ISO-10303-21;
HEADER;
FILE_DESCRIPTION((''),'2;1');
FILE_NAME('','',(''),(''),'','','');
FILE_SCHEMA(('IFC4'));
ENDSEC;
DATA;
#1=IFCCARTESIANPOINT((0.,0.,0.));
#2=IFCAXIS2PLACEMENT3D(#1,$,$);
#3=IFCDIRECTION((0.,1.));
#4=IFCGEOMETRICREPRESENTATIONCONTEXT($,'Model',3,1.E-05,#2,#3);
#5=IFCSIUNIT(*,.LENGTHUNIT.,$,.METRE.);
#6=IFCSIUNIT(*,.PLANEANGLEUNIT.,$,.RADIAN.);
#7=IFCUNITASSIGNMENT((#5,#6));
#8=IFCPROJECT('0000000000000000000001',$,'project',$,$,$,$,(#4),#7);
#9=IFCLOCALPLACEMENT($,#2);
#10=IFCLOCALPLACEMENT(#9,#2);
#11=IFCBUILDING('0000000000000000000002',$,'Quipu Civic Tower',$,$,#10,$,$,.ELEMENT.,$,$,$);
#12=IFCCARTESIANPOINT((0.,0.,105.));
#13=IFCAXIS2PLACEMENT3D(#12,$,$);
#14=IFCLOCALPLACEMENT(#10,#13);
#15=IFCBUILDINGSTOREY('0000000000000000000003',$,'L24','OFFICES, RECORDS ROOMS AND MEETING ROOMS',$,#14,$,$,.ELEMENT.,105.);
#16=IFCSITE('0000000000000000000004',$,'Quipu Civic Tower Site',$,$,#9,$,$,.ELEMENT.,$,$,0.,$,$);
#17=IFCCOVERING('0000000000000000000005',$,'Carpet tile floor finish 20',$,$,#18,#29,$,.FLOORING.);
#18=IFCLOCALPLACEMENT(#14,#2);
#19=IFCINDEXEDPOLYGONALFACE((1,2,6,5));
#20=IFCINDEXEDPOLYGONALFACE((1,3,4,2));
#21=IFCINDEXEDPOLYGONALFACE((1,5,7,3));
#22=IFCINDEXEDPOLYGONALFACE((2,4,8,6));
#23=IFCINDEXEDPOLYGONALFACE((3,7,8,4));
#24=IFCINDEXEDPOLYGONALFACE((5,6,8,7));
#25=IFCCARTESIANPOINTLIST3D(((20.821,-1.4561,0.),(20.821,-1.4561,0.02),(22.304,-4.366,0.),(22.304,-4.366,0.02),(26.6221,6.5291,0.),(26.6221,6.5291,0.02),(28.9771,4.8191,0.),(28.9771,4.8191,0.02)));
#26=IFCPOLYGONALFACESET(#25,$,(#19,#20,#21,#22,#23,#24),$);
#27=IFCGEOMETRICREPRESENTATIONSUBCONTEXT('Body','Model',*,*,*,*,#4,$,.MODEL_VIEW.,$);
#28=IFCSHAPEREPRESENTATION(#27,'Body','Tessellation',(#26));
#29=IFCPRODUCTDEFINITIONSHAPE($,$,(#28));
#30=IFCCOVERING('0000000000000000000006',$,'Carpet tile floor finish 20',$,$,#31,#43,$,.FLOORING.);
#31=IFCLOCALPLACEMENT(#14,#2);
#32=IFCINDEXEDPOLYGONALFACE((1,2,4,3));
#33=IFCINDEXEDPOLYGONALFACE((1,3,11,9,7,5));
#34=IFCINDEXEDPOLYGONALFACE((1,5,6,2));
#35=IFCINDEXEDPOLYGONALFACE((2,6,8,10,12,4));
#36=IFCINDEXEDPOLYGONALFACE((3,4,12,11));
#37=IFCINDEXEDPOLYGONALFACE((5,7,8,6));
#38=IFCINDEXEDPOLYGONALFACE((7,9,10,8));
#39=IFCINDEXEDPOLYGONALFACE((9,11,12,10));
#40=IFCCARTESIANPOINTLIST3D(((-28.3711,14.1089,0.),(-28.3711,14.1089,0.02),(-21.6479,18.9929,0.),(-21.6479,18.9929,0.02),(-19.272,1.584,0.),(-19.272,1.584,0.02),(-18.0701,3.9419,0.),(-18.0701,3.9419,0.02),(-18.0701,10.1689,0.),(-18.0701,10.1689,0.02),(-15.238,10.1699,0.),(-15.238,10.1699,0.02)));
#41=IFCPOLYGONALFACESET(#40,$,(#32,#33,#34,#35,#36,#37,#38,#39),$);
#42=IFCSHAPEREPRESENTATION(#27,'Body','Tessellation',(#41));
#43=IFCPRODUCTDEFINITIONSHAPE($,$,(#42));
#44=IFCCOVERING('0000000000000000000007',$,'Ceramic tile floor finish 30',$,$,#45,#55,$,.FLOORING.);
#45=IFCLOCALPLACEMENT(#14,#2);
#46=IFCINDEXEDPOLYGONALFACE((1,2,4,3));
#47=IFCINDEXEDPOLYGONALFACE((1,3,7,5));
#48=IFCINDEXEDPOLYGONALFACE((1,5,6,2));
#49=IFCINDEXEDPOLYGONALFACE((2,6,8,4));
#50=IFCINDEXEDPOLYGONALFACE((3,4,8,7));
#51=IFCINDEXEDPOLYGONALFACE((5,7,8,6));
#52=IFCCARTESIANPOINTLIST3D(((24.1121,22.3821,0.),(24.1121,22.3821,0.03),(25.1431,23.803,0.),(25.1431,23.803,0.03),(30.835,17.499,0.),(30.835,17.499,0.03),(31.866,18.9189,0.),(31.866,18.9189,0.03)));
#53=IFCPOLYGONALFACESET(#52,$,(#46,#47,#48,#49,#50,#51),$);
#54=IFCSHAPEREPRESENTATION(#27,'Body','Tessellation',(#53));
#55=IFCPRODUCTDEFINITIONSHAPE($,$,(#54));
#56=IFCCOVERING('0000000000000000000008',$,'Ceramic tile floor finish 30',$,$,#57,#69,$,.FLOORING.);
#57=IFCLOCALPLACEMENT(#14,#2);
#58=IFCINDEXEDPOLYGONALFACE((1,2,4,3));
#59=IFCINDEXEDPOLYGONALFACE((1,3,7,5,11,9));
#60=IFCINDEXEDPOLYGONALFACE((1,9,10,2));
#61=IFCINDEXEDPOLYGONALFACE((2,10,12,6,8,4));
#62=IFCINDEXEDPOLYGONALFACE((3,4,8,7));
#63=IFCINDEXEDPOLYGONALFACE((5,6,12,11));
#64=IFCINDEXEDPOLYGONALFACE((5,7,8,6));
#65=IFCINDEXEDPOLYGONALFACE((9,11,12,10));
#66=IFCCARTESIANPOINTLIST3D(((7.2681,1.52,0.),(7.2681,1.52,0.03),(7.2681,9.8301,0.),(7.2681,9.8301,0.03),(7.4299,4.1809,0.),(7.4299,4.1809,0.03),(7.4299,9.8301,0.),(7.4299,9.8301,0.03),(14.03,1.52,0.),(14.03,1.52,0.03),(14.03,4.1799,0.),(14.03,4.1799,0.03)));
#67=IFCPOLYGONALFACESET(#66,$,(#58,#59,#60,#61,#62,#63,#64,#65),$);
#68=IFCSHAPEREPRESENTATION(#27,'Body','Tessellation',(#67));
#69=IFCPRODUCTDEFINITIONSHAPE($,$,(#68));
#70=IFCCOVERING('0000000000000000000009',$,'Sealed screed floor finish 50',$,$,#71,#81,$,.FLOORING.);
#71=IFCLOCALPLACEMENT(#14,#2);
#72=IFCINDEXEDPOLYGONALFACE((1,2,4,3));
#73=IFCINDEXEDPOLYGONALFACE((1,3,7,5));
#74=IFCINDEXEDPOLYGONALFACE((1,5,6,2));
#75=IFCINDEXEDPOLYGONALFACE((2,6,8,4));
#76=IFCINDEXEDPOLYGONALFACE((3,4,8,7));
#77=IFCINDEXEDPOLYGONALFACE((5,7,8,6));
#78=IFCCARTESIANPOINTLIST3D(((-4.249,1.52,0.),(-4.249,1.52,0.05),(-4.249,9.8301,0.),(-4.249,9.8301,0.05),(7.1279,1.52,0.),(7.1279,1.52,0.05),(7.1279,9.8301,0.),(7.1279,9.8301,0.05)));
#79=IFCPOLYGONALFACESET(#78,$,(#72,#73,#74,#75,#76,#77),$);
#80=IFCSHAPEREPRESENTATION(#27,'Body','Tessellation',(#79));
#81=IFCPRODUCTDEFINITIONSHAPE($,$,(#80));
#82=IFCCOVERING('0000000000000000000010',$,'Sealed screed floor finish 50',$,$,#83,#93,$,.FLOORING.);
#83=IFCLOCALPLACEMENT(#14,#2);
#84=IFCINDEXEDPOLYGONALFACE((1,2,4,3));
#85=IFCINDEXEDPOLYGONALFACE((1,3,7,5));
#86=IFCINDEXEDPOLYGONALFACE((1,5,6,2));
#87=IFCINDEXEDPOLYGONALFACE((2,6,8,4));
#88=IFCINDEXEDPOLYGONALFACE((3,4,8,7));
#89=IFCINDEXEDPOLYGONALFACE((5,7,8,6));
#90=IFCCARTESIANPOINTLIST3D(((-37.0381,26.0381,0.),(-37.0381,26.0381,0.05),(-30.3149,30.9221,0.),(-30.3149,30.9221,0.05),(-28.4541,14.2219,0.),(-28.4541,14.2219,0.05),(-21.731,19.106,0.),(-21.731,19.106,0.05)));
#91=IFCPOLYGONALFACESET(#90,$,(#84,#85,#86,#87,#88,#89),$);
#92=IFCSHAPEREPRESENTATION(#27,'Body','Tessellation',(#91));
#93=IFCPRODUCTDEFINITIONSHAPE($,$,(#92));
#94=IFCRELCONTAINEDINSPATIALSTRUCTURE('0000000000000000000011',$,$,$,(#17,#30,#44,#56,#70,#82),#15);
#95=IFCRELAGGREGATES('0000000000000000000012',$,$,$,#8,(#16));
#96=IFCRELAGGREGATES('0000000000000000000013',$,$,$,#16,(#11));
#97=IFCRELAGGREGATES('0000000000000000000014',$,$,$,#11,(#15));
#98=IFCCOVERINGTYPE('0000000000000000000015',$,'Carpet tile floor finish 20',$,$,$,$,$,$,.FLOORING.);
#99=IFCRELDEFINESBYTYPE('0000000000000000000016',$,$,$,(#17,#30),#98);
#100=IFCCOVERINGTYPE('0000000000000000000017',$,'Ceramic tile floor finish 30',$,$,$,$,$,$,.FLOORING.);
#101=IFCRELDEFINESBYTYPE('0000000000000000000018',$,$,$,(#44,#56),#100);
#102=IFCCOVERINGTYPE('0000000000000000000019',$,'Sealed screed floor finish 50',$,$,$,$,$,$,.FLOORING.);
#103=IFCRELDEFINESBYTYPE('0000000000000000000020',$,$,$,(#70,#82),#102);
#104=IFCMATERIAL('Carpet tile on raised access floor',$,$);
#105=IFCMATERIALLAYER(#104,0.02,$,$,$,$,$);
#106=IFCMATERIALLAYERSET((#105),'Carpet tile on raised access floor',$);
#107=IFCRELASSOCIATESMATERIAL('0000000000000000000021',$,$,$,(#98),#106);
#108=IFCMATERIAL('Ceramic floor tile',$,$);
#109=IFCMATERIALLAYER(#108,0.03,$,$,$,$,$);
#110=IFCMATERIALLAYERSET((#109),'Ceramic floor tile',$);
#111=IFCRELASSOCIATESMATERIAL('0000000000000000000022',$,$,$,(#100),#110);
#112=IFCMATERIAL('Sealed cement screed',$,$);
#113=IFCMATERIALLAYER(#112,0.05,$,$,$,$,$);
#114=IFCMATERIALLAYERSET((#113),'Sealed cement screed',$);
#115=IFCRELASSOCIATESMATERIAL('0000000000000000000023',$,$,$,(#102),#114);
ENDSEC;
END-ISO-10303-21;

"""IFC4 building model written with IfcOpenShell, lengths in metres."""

from ifc_helpers import new_model, si_unit, direction, frame, origin, place, context, subcontext, project, spatial, polyline, outline, extrude, material, layer, layer_set, type_object, element, save


model = new_model("IFC4")

# Units and contexts
model_context = context("Model", 3, precision=1e-05, world=origin(), true_north=direction((0.0, 1.0)))
body_context = subcontext(model_context, "Body", "Model", "MODEL_VIEW")
ifc_project = project(units=[si_unit("LENGTHUNIT", "METRE"), si_unit("PLANEANGLEUNIT", "RADIAN")], contexts=[model_context])

# Site, building, storey
site_placement = place(None, origin())
site = spatial("IfcSite", under=ifc_project, at=site_placement, Name="Quipu Civic Tower Site", CompositionType="ELEMENT", RefElevation=0.0)
building_placement = place(site_placement, origin())
building = spatial("IfcBuilding", under=site, at=building_placement, Name="Quipu Civic Tower", CompositionType="ELEMENT")
storey_placement = place(building_placement, frame((0.0, 0.0, 105.0)))
storey = spatial("IfcBuildingStorey", under=building, at=storey_placement, Name="L24", Description="OFFICES, RECORDS ROOMS AND MEETING ROOMS", CompositionType="ELEMENT", Elevation=105.0)

# Coverings
ifc_material_1 = material(Name="Carpet tile on raised access floor")
ifc_layer_1 = layer(ifc_material_1, 0.02)
ifc_layer_set_1 = layer_set([ifc_layer_1], Name="Carpet tile on raised access floor")
covering_type_1 = type_object("IfcCoveringType", Name="Carpet tile floor finish 20", PredefinedType="FLOORING", material=ifc_layer_set_1)
covering_1_placement = place(storey_placement, origin())
element("IfcCovering", 1, at=covering_1_placement, inside=storey, type_object=covering_type_1, Name="Carpet tile floor finish 20", PredefinedType="FLOORING", context=body_context, shape_type="SweptSolid", body=[
    extrude(outline(polyline([(20.821, -1.4561), (26.6221, 6.5291), (28.9771, 4.8191), (22.304, -4.366), (20.821, -1.4561)])), origin(), (0.0, 0.0, 1.0), 0.02),
])
covering_2_placement = place(storey_placement, origin())
element("IfcCovering", 2, at=covering_2_placement, inside=storey, type_object=covering_type_1, Name="Carpet tile floor finish 20", PredefinedType="FLOORING", context=body_context, shape_type="SweptSolid", body=[
    extrude(outline(polyline([(-28.3711, 14.1089), (-21.6479, 18.9929), (-15.238, 10.1699), (-18.0701, 10.1689), (-18.0701, 3.9419), (-19.272, 1.584), (-28.3711, 14.1089)])), origin(), (0.0, 0.0, 1.0), 0.02),
])
ifc_material_2 = material(Name="Ceramic floor tile")
ifc_layer_2 = layer(ifc_material_2, 0.03)
ifc_layer_set_2 = layer_set([ifc_layer_2], Name="Ceramic floor tile")
covering_type_2 = type_object("IfcCoveringType", Name="Ceramic tile floor finish 30", PredefinedType="FLOORING", material=ifc_layer_set_2)
covering_3_placement = place(storey_placement, origin())
element("IfcCovering", 3, at=covering_3_placement, inside=storey, type_object=covering_type_2, Name="Ceramic tile floor finish 30", PredefinedType="FLOORING", context=body_context, shape_type="SweptSolid", body=[
    extrude(outline(polyline([(24.1121, 22.3821), (25.1431, 23.803), (31.866, 18.9189), (30.835, 17.499), (24.1121, 22.3821)])), origin(), (0.0, 0.0, 1.0), 0.03),
])
covering_4_placement = place(storey_placement, origin())
element("IfcCovering", 4, at=covering_4_placement, inside=storey, type_object=covering_type_2, Name="Ceramic tile floor finish 30", PredefinedType="FLOORING", context=body_context, shape_type="SweptSolid", body=[
    extrude(outline(polyline([(7.2681, 1.52), (7.2681, 9.8301), (7.4299, 9.8301), (7.4299, 4.1809), (14.03, 4.1799), (14.03, 1.52), (7.2681, 1.52)])), origin(), (0.0, 0.0, 1.0), 0.03),
])
ifc_material_3 = material(Name="Sealed cement screed")
ifc_layer_3 = layer(ifc_material_3, 0.05)
ifc_layer_set_3 = layer_set([ifc_layer_3], Name="Sealed cement screed")
covering_type_3 = type_object("IfcCoveringType", Name="Sealed screed floor finish 50", PredefinedType="FLOORING", material=ifc_layer_set_3)
covering_5_placement = place(storey_placement, origin())
element("IfcCovering", 5, at=covering_5_placement, inside=storey, type_object=covering_type_3, Name="Sealed screed floor finish 50", PredefinedType="FLOORING", context=body_context, shape_type="SweptSolid", body=[
    extrude(outline(polyline([(-4.249, 1.52), (-4.249, 9.8301), (7.1279, 9.8301), (7.1279, 1.52), (-4.249, 1.52)])), origin(), (0.0, 0.0, 1.0), 0.05),
])
covering_6_placement = place(storey_placement, origin())
element("IfcCovering", 6, at=covering_6_placement, inside=storey, type_object=covering_type_3, Name="Sealed screed floor finish 50", PredefinedType="FLOORING", context=body_context, shape_type="SweptSolid", body=[
    extrude(outline(polyline([(-37.0381, 26.0381), (-30.3149, 30.9221), (-21.731, 19.106), (-28.4541, 14.2219), (-37.0381, 26.0381)])), origin(), (0.0, 0.0, 1.0), 0.05),
])

save(model, "model.ifc")
